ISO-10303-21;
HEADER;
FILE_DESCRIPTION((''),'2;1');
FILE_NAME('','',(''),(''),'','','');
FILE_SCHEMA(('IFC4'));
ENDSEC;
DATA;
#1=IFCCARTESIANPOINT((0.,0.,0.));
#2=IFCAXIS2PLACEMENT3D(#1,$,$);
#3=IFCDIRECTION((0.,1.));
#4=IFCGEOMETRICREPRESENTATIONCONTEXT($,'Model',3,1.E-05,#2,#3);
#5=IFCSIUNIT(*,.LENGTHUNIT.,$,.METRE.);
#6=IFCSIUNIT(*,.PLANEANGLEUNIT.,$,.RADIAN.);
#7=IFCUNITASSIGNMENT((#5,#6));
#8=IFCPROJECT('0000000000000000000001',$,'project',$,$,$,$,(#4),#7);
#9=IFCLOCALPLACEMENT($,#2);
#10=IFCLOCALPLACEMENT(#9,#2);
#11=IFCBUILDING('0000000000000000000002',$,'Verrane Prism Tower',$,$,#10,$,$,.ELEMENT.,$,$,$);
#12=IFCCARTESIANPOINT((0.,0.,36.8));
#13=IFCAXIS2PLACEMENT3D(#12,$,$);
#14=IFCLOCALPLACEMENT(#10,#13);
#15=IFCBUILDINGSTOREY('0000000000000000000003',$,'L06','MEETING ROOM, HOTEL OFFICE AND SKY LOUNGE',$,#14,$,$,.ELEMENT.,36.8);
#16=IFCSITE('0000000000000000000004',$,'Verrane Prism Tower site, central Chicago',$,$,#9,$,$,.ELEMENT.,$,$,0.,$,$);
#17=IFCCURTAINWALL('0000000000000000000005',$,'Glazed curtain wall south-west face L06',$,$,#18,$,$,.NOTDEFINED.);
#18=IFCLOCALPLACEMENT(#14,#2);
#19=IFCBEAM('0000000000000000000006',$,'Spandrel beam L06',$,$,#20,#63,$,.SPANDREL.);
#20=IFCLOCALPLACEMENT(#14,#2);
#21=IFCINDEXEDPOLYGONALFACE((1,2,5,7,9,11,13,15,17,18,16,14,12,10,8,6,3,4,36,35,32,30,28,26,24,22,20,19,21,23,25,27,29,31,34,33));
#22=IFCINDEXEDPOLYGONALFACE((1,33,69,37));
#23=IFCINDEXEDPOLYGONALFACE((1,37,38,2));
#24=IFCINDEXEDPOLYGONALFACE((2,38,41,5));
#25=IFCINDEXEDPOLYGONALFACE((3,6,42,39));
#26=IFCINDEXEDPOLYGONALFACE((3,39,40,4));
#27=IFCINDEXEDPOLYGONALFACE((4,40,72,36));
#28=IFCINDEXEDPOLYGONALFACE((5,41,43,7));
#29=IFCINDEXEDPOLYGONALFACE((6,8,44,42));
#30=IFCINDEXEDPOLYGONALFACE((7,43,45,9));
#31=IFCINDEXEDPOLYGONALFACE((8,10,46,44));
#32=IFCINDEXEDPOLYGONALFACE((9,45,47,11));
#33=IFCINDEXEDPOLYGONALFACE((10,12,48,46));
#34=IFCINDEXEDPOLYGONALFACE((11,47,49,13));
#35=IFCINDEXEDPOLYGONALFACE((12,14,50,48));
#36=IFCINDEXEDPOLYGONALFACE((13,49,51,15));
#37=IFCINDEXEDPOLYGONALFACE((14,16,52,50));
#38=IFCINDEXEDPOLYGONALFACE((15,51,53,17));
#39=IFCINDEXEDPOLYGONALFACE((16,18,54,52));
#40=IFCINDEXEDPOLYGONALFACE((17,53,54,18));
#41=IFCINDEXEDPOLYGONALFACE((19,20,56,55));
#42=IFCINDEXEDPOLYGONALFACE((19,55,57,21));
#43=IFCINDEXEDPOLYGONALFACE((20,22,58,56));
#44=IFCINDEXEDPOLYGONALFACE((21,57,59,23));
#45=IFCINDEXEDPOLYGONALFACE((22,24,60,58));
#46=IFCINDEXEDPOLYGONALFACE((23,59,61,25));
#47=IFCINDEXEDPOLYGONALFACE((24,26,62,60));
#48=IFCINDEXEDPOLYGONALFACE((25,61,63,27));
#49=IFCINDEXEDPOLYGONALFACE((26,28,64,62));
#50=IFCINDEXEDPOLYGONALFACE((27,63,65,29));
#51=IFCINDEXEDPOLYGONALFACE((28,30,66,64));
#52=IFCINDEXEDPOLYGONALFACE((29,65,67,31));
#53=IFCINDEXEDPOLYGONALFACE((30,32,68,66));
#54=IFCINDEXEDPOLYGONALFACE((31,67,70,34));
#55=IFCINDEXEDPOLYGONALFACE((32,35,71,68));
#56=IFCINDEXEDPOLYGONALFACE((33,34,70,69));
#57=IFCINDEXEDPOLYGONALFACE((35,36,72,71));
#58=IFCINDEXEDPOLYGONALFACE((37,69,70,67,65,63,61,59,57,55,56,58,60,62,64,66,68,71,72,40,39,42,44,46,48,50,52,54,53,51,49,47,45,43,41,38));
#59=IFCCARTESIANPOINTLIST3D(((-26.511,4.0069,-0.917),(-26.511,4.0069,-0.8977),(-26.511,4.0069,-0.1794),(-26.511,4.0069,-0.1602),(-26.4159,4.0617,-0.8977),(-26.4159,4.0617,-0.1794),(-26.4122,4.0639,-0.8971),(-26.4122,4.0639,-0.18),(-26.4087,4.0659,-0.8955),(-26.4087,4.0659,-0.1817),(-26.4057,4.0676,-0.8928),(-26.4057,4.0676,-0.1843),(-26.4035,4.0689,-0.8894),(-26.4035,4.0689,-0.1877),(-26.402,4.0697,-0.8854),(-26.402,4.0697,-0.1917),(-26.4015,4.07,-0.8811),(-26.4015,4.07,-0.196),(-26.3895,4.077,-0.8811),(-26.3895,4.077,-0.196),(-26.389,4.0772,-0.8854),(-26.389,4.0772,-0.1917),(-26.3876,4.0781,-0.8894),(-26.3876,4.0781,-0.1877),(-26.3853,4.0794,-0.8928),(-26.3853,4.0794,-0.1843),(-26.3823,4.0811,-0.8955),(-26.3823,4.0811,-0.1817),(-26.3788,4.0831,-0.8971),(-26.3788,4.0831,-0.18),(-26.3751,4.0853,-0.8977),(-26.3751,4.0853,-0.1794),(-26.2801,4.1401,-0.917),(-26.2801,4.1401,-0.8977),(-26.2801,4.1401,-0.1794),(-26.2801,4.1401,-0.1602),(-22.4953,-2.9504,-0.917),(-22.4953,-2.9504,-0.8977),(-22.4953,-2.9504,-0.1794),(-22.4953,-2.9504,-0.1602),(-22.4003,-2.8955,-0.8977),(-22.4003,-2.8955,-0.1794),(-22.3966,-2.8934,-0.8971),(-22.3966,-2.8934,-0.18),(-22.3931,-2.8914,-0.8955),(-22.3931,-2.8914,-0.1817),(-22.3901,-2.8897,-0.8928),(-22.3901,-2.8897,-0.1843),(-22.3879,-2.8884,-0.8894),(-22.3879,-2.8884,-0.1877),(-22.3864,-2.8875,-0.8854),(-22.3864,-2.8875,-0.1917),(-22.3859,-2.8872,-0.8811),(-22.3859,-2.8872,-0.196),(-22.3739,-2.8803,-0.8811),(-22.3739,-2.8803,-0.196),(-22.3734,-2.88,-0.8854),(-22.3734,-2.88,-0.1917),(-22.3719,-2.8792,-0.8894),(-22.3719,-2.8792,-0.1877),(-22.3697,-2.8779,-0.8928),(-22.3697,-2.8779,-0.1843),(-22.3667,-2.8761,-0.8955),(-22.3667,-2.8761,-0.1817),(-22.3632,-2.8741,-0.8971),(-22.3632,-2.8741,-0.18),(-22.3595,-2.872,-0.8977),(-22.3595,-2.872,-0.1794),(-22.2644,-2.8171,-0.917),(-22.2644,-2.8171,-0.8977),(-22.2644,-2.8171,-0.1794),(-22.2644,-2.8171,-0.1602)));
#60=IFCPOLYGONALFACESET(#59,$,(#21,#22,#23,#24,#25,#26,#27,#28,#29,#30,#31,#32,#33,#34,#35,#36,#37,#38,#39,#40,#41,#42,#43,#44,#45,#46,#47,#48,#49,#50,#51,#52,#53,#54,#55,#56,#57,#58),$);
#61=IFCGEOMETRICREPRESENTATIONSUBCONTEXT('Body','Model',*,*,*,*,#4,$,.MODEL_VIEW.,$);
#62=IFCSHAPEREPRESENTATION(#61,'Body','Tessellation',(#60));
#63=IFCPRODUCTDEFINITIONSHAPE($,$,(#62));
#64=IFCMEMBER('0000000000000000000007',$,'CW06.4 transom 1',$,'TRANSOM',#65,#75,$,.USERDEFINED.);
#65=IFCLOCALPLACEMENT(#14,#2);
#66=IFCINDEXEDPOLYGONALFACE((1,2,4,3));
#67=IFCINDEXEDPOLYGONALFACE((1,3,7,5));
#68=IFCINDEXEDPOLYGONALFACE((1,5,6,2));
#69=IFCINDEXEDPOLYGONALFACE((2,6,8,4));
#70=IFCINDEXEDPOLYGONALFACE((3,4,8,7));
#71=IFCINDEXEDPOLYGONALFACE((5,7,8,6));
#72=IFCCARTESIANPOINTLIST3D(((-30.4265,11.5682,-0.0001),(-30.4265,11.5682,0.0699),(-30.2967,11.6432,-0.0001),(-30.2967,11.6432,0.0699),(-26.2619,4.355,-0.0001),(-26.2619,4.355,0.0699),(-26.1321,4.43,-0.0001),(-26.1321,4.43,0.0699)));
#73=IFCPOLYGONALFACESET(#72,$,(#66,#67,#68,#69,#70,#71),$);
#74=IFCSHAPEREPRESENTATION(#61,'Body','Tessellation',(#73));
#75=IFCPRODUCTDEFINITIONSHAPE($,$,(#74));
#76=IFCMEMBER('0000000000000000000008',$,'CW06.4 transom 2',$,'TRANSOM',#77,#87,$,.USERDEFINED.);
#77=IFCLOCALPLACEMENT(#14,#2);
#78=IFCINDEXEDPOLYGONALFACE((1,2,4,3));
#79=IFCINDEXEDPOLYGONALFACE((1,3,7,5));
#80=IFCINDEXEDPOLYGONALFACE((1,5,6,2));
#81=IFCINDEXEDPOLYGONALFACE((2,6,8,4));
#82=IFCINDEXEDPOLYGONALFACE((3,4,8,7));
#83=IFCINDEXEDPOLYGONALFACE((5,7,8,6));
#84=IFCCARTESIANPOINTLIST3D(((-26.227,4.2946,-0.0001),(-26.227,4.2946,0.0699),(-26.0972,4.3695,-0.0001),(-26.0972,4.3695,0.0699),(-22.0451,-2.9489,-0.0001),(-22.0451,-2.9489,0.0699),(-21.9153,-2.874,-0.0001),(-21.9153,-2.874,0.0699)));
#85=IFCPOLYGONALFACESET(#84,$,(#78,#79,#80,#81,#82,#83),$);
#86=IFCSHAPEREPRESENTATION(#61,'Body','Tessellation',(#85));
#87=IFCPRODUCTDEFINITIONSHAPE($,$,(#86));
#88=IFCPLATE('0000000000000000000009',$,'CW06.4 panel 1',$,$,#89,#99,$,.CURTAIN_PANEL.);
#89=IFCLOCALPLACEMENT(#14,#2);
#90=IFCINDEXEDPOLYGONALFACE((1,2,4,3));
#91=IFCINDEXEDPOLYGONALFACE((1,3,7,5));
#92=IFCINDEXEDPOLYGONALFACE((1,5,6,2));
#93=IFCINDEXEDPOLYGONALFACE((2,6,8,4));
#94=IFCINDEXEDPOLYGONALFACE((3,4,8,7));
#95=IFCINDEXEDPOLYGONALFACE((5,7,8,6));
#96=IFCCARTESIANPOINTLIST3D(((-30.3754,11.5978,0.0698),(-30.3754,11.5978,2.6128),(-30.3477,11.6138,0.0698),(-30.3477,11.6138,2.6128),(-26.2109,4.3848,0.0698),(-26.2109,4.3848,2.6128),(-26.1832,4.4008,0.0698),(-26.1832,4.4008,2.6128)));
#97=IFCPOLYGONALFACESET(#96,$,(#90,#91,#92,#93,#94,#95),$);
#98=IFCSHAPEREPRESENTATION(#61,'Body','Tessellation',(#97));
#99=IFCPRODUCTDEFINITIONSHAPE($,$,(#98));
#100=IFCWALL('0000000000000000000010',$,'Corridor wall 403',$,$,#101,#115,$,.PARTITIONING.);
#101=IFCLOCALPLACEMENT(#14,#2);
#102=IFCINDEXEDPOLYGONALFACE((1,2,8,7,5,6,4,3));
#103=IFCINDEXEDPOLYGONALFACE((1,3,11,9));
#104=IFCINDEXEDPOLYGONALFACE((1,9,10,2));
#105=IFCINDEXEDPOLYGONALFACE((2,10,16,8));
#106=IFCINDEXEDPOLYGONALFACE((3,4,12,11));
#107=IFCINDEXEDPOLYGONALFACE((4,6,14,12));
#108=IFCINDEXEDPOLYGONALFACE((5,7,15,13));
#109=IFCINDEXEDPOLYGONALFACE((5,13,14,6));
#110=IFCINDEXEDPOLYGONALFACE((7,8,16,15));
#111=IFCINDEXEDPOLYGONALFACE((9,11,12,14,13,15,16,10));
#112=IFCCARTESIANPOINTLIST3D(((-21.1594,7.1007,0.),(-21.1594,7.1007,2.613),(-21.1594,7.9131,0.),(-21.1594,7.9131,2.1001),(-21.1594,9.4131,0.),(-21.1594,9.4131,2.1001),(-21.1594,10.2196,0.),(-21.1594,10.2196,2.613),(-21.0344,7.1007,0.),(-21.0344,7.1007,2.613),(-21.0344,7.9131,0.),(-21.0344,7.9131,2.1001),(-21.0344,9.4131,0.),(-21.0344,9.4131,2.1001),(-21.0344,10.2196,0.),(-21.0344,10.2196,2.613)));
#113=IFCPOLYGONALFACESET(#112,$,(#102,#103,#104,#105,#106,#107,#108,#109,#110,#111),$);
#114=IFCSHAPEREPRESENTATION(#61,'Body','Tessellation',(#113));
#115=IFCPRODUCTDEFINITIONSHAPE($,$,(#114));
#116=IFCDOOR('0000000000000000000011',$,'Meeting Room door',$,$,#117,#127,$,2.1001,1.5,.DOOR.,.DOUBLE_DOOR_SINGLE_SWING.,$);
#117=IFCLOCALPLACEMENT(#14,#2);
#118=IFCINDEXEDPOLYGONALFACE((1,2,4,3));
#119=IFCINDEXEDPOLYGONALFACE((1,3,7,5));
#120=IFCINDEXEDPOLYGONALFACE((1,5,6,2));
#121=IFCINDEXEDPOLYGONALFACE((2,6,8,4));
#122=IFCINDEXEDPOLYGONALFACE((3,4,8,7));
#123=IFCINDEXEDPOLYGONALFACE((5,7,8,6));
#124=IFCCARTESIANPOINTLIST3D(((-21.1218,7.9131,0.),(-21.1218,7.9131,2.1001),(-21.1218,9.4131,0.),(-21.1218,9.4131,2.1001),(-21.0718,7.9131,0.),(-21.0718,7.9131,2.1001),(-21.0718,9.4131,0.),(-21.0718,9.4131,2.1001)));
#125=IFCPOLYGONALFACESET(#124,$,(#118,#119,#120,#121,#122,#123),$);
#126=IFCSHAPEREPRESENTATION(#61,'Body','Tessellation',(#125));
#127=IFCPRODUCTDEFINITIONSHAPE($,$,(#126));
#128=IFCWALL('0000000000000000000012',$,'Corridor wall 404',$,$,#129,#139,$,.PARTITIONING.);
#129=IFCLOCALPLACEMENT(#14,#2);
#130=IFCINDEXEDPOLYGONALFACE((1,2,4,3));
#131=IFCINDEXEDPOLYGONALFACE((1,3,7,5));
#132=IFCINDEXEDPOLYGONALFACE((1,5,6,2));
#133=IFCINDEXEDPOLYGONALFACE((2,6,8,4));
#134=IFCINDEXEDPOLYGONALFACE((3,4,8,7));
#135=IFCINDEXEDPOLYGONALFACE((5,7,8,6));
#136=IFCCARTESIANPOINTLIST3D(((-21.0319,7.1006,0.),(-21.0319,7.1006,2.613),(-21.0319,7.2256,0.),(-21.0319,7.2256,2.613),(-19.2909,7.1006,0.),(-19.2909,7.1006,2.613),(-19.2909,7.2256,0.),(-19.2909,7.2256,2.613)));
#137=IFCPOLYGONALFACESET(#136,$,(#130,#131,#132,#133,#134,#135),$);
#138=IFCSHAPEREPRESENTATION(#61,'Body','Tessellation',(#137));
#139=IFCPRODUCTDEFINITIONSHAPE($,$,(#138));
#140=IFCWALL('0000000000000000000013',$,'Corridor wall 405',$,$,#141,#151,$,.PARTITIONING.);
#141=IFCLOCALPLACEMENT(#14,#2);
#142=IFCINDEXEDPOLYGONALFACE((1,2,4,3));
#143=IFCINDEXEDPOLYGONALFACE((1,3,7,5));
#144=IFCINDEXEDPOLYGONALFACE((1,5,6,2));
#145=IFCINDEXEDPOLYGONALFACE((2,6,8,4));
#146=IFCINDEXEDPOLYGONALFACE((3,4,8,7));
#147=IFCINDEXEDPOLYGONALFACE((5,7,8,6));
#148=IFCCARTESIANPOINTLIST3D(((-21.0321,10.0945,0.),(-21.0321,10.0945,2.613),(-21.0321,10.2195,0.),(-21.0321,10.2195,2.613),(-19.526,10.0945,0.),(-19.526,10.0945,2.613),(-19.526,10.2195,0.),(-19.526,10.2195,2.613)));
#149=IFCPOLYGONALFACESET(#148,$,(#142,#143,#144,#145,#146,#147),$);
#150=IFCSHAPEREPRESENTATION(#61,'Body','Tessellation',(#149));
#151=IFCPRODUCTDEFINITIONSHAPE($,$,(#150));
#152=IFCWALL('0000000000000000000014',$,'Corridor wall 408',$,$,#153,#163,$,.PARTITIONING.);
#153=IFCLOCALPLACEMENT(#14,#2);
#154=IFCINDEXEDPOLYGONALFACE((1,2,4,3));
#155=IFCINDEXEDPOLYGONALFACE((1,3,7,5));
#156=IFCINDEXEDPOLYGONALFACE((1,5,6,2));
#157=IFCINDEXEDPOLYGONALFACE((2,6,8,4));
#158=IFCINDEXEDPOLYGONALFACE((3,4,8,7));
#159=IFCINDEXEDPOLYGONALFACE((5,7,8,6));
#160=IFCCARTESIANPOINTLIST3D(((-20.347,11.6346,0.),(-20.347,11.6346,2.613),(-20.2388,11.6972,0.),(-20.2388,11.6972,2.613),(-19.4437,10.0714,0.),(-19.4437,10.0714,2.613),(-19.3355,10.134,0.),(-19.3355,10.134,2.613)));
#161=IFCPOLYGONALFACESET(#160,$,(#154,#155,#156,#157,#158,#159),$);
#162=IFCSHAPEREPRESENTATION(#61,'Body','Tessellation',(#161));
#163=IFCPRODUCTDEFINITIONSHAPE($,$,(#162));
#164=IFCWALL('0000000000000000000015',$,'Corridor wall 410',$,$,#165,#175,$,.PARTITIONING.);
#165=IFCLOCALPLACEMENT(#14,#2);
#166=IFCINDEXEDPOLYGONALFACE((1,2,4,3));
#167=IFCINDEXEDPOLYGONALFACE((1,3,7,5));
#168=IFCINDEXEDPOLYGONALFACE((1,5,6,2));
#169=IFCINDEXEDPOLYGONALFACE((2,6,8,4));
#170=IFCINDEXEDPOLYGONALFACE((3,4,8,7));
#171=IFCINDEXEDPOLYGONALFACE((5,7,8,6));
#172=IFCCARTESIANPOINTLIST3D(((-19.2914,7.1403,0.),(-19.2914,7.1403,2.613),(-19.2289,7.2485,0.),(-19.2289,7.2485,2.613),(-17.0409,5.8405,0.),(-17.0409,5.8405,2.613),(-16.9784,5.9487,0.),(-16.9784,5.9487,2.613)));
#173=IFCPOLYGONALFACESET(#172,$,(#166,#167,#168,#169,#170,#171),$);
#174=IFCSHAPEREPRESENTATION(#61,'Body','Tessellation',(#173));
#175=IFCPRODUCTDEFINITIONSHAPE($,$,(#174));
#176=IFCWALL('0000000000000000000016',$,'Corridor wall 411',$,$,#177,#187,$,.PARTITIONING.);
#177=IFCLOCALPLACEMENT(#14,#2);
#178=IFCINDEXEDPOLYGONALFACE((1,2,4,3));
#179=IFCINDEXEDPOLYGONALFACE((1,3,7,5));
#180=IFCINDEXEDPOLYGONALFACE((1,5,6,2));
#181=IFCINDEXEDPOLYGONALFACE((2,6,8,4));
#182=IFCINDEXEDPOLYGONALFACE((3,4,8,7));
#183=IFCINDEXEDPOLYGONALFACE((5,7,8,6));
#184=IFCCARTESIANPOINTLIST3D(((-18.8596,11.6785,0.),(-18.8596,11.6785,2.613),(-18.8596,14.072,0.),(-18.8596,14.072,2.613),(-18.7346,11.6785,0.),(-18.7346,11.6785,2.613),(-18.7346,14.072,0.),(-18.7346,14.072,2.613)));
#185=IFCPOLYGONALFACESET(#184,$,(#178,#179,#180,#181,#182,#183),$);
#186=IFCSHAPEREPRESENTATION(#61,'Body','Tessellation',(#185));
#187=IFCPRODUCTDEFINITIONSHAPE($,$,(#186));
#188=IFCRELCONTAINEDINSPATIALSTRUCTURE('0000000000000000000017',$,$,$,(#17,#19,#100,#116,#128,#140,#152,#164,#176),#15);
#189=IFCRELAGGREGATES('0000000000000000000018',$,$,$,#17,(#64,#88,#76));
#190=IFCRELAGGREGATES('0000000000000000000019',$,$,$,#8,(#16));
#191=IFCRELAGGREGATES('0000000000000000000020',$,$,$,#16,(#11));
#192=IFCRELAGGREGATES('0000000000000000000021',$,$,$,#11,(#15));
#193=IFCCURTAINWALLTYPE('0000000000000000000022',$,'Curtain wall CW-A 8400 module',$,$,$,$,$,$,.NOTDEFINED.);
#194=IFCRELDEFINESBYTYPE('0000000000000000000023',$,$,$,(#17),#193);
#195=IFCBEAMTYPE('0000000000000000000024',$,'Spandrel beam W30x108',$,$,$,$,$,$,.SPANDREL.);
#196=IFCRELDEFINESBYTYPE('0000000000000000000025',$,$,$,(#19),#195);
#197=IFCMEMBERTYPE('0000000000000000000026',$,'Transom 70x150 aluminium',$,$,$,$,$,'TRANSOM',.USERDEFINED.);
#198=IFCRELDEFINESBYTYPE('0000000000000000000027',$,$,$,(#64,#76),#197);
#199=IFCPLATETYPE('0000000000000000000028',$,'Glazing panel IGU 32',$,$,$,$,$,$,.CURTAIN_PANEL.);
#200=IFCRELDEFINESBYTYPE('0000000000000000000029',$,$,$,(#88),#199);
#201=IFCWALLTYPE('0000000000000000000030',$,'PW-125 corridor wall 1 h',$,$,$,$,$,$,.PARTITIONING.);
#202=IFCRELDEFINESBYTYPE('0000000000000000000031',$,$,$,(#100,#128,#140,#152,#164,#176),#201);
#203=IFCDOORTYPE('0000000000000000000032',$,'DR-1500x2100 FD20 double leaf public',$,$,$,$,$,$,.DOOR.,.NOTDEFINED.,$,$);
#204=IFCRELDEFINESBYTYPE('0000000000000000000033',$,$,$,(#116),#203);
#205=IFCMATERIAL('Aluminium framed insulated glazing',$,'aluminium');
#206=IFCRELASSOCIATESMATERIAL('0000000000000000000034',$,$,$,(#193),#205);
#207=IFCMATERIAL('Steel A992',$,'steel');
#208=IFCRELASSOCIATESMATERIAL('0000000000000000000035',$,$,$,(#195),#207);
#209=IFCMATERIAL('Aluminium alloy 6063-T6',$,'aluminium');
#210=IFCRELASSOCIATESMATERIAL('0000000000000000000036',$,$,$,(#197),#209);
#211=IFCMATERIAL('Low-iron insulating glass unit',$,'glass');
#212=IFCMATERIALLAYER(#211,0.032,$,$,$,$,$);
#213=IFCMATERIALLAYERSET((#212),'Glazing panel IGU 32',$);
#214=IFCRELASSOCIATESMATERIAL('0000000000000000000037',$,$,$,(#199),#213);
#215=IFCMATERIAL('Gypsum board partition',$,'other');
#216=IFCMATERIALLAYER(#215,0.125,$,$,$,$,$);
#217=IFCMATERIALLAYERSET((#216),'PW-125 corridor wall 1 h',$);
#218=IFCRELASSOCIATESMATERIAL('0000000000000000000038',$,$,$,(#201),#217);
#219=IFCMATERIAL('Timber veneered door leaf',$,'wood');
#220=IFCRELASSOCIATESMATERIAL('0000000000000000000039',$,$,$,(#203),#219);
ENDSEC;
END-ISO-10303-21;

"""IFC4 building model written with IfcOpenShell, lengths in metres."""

from ifc_helpers import new_model, si_unit, direction, frame, frame_2d, origin, origin_2d, place, context, subcontext, project, spatial, rectangle, i_section, extrude, material, layer, layer_set, material_profile, profile_set, type_object, element, fill, aggregate, save


model = new_model("IFC4")

# Units and contexts
model_context = context("Model", 3, precision=1e-05, world=origin(), true_north=direction((0.0, 1.0)))
body_context = subcontext(model_context, "Body", "Model", "MODEL_VIEW")
ifc_project = project(units=[si_unit("LENGTHUNIT", "METRE"), si_unit("PLANEANGLEUNIT", "RADIAN")], contexts=[model_context])

# Site, building, storey
site_placement = place(None, origin())
site = spatial("IfcSite", under=ifc_project, at=site_placement, Name="Verrane Prism Tower site, central Chicago", CompositionType="ELEMENT", RefElevation=0.0)
building_placement = place(site_placement, origin())
building = spatial("IfcBuilding", under=site, at=building_placement, Name="Verrane Prism Tower", CompositionType="ELEMENT")
storey_placement = place(building_placement, frame((0.0, 0.0, 36.8)))
storey = spatial("IfcBuildingStorey", under=building, at=storey_placement, Name="L06", Description="MEETING ROOM, HOTEL OFFICE AND SKY LOUNGE", CompositionType="ELEMENT", Elevation=36.8)

# Curtain wall
ifc_material_1 = material(Name="Aluminium framed insulated glazing", Category="aluminium")
curtain_wall_type = type_object("IfcCurtainWallType", Name="Curtain wall CW-A 8400 module", PredefinedType="NOTDEFINED", material=ifc_material_1)
curtain_wall_placement = place(storey_placement, origin())
curtain_wall = element("IfcCurtainWall", 1, at=curtain_wall_placement, inside=storey, type_object=curtain_wall_type, Name="Glazed curtain wall south-west face L06", PredefinedType="NOTDEFINED")

# Beam
ifc_material_2 = material(Name="Steel A992", Category="steel")
ifc_material_profile_1 = material_profile(ifc_material_2, i_section(OverallWidth=0.2666, OverallDepth=0.7568, WebThickness=0.0139, FlangeThickness=0.0193, FilletRadius=0.0166, at=origin_2d()), Name="W30x108")
ifc_profile_set_1 = profile_set([ifc_material_profile_1], Name="Steel A992")
beam_type_1 = type_object("IfcBeamType", Name="Spandrel beam W30x108", PredefinedType="SPANDREL", material=ifc_profile_set_1)
beam_1_placement = place(storey_placement, frame((-26.3955, 4.0735, -0.5386), z_axis=(0.499892, -0.866088, 0.0), x_axis=(0.866088, 0.499892, 0.0)))
element("IfcBeam", 2, at=beam_1_placement, inside=storey, type_object=beam_type_1, Name="Spandrel beam L06", PredefinedType="SPANDREL", context=body_context, shape_type="SweptSolid", body=[
    extrude(i_section(OverallWidth=0.2666, OverallDepth=0.7568, WebThickness=0.0139, FlangeThickness=0.0193, FilletRadius=0.0166, at=origin_2d()), origin(), (0.0, 0.0, 1.0), 8.033),
])

# Members
ifc_material_3 = material(Name="Aluminium alloy 6063-T6", Category="aluminium")
ifc_material_profile_2 = material_profile(ifc_material_3, rectangle(XDim=0.1499, YDim=0.0701, at=origin_2d()), Name="Transom 70x150 aluminium")
ifc_profile_set_2 = profile_set([ifc_material_profile_2], Name="Aluminium alloy 6063-T6")
member_type_1 = type_object("IfcMemberType", Name="Transom 70x150 aluminium", ElementType="TRANSOM", PredefinedType="USERDEFINED", material=ifc_profile_set_2)
member_1_placement = place(storey_placement, frame((-30.3616, 11.6057, 0.0349), z_axis=(0.500004, -0.866023, 0.0), x_axis=(0.866023, 0.500004, 0.0)))
member_1 = element("IfcMember", 3, at=member_1_placement, type_object=member_type_1, Name="CW06.4 transom 1", ObjectType="TRANSOM", PredefinedType="USERDEFINED", context=body_context, shape_type="SweptSolid", body=[
    extrude(rectangle(XDim=0.1499, YDim=0.0701, at=origin_2d()), origin(), (0.0, 0.0, 1.0), 8.3291),
])
member_2_placement = place(storey_placement, frame((-26.1621, 4.332, 0.0349), z_axis=(0.499991, -0.866031, 0.0), x_axis=(0.866031, 0.499991, 0.0)))
member_2 = element("IfcMember", 4, at=member_2_placement, type_object=member_type_1, Name="CW06.4 transom 2", ObjectType="TRANSOM", PredefinedType="USERDEFINED", context=body_context, shape_type="SweptSolid", body=[
    extrude(rectangle(XDim=0.1499, YDim=0.0701, at=origin_2d()), origin(), (0.0, 0.0, 1.0), 8.364),
])

# Plate
ifc_material_4 = material(Name="Low-iron insulating glass unit", Category="glass")
ifc_layer_1 = layer(ifc_material_4, 0.032)
ifc_layer_set_1 = layer_set([ifc_layer_1], Name="Glazing panel IGU 32")
plate_type = type_object("IfcPlateType", Name="Glazing panel IGU 32", PredefinedType="CURTAIN_PANEL", material=ifc_layer_set_1)
plate_placement = place(storey_placement, frame((-28.2793, 7.9993, 0.0698), z_axis=(0.0, 0.0, 1.0), x_axis=(0.5, -0.866025, 0.0)))
plate = element("IfcPlate", 5, at=plate_placement, type_object=plate_type, Name="CW06.4 panel 1", PredefinedType="CURTAIN_PANEL", context=body_context, shape_type="SweptSolid", body=[
    extrude(rectangle(XDim=8.3289, YDim=0.032, at=origin_2d()), origin(), (0.0, 0.0, 1.0), 2.543),
])
aggregate(curtain_wall, [member_1, plate, member_2])

# Wall, opening, door
ifc_material_5 = material(Name="Gypsum board partition", Category="other")
ifc_layer_2 = layer(ifc_material_5, 0.125)
ifc_layer_set_2 = layer_set([ifc_layer_2], Name="PW-125 corridor wall 1 h")
wall_type_1 = type_object("IfcWallType", Name="PW-125 corridor wall 1 h", PredefinedType="PARTITIONING", material=ifc_layer_set_2)
wall_1_placement = place(storey_placement, frame((-21.0969, 7.1006, 0.0), z_axis=(0.0, 0.0, 1.0), x_axis=(0.0, 1.0, 0.0)))
wall_1 = element("IfcWall", 6, at=wall_1_placement, inside=storey, type_object=wall_type_1, Name="Corridor wall 403", PredefinedType="PARTITIONING", context=body_context, shape_type="SweptSolid", body=[
    extrude(rectangle(XDim=3.1189, YDim=0.125, at=frame_2d((1.5596, 0.0))), origin(), (0.0, 0.0, 1.0), 2.613),
])
opening_placement = place(wall_1_placement, frame((0.8125, 0.0, 0.0)))
opening = element("IfcOpeningElement", 7, at=opening_placement, cuts=wall_1, PredefinedType="OPENING", context=body_context, shape_type="SweptSolid", body=[
    extrude(rectangle(XDim=1.5, YDim=2.1001, at=frame_2d((0.75, 1.05))), frame((0.0, 0.0725, 0.0), z_axis=(0.0, -1.0, 0.0), x_axis=(1.0, 0.0, 0.0)), (0.0, 0.0, 1.0), 0.145),
])
ifc_material_6 = material(Name="Timber veneered door leaf", Category="wood")
door_type = type_object("IfcDoorType", Name="DR-1500x2100 FD20 double leaf public", OperationType="NOTDEFINED", PredefinedType="DOOR", material=ifc_material_6)
door_placement = place(opening_placement, origin())
door = element("IfcDoor", 8, at=door_placement, inside=storey, type_object=door_type, Name="Meeting Room door", OperationType="DOUBLE_DOOR_SINGLE_SWING", OverallHeight=2.1001, OverallWidth=1.5, PredefinedType="DOOR", context=body_context, shape_type="SweptSolid", body=[
    extrude(rectangle(XDim=1.5, YDim=2.1001, at=frame_2d((0.75, 1.05))), frame((0.0, 0.0249, 0.0), z_axis=(0.0, -1.0, 0.0), x_axis=(1.0, 0.0, 0.0)), (0.0, 0.0, 1.0), 0.05),
])
fill(opening, door)

# Walls
wall_2_placement = place(storey_placement, frame((-21.032, 7.1631, 0.0), z_axis=(0.0, 0.0, 1.0), x_axis=(1.0, 0.0, 0.0)))
element("IfcWall", 9, at=wall_2_placement, inside=storey, type_object=wall_type_1, Name="Corridor wall 404", PredefinedType="PARTITIONING", context=body_context, shape_type="SweptSolid", body=[
    extrude(rectangle(XDim=1.741, YDim=0.125, at=frame_2d((0.8706, 0.0))), origin(), (0.0, 0.0, 1.0), 2.613),
])
wall_3_placement = place(storey_placement, frame((-21.032, 10.157, 0.0), z_axis=(0.0, 0.0, 1.0), x_axis=(1.0, 0.0, 0.0)))
element("IfcWall", 10, at=wall_3_placement, inside=storey, type_object=wall_type_1, Name="Corridor wall 405", PredefinedType="PARTITIONING", context=body_context, shape_type="SweptSolid", body=[
    extrude(rectangle(XDim=1.5061, YDim=0.125, at=frame_2d((0.7529, 0.0))), origin(), (0.0, 0.0, 1.0), 2.613),
])
wall_4_placement = place(storey_placement, frame((-20.293, 11.666, 0.0), z_axis=(0.0, 0.0, 1.0), x_axis=(0.500327, -0.865836, 0.0)))
element("IfcWall", 11, at=wall_4_placement, inside=storey, type_object=wall_type_1, Name="Corridor wall 408", PredefinedType="PARTITIONING", context=body_context, shape_type="SweptSolid", body=[
    extrude(rectangle(XDim=1.8054, YDim=0.125, at=frame_2d((0.9028, 0.0))), origin(), (0.0, 0.0, 1.0), 2.613),
])
wall_5_placement = place(storey_placement, frame((-19.26, 7.1943, 0.0), z_axis=(0.0, 0.0, 1.0), x_axis=(0.865945, -0.50014, 0.0)))
element("IfcWall", 12, at=wall_5_placement, inside=storey, type_object=wall_type_1, Name="Corridor wall 410", PredefinedType="PARTITIONING", context=body_context, shape_type="SweptSolid", body=[
    extrude(rectangle(XDim=2.5989, YDim=0.125, at=frame_2d((1.2993, 0.0))), origin(), (0.0, 0.0, 1.0), 2.613),
])
wall_6_placement = place(storey_placement, frame((-18.7971, 11.6785, 0.0), z_axis=(0.0, 0.0, 1.0), x_axis=(0.0, 1.0, 0.0)))
element("IfcWall", 13, at=wall_6_placement, inside=storey, type_object=wall_type_1, Name="Corridor wall 411", PredefinedType="PARTITIONING", context=body_context, shape_type="SweptSolid", body=[
    extrude(rectangle(XDim=2.3936, YDim=0.125, at=frame_2d((1.1968, 0.0))), origin(), (0.0, 0.0, 1.0), 2.613),
])

save(model, "model.ifc")
